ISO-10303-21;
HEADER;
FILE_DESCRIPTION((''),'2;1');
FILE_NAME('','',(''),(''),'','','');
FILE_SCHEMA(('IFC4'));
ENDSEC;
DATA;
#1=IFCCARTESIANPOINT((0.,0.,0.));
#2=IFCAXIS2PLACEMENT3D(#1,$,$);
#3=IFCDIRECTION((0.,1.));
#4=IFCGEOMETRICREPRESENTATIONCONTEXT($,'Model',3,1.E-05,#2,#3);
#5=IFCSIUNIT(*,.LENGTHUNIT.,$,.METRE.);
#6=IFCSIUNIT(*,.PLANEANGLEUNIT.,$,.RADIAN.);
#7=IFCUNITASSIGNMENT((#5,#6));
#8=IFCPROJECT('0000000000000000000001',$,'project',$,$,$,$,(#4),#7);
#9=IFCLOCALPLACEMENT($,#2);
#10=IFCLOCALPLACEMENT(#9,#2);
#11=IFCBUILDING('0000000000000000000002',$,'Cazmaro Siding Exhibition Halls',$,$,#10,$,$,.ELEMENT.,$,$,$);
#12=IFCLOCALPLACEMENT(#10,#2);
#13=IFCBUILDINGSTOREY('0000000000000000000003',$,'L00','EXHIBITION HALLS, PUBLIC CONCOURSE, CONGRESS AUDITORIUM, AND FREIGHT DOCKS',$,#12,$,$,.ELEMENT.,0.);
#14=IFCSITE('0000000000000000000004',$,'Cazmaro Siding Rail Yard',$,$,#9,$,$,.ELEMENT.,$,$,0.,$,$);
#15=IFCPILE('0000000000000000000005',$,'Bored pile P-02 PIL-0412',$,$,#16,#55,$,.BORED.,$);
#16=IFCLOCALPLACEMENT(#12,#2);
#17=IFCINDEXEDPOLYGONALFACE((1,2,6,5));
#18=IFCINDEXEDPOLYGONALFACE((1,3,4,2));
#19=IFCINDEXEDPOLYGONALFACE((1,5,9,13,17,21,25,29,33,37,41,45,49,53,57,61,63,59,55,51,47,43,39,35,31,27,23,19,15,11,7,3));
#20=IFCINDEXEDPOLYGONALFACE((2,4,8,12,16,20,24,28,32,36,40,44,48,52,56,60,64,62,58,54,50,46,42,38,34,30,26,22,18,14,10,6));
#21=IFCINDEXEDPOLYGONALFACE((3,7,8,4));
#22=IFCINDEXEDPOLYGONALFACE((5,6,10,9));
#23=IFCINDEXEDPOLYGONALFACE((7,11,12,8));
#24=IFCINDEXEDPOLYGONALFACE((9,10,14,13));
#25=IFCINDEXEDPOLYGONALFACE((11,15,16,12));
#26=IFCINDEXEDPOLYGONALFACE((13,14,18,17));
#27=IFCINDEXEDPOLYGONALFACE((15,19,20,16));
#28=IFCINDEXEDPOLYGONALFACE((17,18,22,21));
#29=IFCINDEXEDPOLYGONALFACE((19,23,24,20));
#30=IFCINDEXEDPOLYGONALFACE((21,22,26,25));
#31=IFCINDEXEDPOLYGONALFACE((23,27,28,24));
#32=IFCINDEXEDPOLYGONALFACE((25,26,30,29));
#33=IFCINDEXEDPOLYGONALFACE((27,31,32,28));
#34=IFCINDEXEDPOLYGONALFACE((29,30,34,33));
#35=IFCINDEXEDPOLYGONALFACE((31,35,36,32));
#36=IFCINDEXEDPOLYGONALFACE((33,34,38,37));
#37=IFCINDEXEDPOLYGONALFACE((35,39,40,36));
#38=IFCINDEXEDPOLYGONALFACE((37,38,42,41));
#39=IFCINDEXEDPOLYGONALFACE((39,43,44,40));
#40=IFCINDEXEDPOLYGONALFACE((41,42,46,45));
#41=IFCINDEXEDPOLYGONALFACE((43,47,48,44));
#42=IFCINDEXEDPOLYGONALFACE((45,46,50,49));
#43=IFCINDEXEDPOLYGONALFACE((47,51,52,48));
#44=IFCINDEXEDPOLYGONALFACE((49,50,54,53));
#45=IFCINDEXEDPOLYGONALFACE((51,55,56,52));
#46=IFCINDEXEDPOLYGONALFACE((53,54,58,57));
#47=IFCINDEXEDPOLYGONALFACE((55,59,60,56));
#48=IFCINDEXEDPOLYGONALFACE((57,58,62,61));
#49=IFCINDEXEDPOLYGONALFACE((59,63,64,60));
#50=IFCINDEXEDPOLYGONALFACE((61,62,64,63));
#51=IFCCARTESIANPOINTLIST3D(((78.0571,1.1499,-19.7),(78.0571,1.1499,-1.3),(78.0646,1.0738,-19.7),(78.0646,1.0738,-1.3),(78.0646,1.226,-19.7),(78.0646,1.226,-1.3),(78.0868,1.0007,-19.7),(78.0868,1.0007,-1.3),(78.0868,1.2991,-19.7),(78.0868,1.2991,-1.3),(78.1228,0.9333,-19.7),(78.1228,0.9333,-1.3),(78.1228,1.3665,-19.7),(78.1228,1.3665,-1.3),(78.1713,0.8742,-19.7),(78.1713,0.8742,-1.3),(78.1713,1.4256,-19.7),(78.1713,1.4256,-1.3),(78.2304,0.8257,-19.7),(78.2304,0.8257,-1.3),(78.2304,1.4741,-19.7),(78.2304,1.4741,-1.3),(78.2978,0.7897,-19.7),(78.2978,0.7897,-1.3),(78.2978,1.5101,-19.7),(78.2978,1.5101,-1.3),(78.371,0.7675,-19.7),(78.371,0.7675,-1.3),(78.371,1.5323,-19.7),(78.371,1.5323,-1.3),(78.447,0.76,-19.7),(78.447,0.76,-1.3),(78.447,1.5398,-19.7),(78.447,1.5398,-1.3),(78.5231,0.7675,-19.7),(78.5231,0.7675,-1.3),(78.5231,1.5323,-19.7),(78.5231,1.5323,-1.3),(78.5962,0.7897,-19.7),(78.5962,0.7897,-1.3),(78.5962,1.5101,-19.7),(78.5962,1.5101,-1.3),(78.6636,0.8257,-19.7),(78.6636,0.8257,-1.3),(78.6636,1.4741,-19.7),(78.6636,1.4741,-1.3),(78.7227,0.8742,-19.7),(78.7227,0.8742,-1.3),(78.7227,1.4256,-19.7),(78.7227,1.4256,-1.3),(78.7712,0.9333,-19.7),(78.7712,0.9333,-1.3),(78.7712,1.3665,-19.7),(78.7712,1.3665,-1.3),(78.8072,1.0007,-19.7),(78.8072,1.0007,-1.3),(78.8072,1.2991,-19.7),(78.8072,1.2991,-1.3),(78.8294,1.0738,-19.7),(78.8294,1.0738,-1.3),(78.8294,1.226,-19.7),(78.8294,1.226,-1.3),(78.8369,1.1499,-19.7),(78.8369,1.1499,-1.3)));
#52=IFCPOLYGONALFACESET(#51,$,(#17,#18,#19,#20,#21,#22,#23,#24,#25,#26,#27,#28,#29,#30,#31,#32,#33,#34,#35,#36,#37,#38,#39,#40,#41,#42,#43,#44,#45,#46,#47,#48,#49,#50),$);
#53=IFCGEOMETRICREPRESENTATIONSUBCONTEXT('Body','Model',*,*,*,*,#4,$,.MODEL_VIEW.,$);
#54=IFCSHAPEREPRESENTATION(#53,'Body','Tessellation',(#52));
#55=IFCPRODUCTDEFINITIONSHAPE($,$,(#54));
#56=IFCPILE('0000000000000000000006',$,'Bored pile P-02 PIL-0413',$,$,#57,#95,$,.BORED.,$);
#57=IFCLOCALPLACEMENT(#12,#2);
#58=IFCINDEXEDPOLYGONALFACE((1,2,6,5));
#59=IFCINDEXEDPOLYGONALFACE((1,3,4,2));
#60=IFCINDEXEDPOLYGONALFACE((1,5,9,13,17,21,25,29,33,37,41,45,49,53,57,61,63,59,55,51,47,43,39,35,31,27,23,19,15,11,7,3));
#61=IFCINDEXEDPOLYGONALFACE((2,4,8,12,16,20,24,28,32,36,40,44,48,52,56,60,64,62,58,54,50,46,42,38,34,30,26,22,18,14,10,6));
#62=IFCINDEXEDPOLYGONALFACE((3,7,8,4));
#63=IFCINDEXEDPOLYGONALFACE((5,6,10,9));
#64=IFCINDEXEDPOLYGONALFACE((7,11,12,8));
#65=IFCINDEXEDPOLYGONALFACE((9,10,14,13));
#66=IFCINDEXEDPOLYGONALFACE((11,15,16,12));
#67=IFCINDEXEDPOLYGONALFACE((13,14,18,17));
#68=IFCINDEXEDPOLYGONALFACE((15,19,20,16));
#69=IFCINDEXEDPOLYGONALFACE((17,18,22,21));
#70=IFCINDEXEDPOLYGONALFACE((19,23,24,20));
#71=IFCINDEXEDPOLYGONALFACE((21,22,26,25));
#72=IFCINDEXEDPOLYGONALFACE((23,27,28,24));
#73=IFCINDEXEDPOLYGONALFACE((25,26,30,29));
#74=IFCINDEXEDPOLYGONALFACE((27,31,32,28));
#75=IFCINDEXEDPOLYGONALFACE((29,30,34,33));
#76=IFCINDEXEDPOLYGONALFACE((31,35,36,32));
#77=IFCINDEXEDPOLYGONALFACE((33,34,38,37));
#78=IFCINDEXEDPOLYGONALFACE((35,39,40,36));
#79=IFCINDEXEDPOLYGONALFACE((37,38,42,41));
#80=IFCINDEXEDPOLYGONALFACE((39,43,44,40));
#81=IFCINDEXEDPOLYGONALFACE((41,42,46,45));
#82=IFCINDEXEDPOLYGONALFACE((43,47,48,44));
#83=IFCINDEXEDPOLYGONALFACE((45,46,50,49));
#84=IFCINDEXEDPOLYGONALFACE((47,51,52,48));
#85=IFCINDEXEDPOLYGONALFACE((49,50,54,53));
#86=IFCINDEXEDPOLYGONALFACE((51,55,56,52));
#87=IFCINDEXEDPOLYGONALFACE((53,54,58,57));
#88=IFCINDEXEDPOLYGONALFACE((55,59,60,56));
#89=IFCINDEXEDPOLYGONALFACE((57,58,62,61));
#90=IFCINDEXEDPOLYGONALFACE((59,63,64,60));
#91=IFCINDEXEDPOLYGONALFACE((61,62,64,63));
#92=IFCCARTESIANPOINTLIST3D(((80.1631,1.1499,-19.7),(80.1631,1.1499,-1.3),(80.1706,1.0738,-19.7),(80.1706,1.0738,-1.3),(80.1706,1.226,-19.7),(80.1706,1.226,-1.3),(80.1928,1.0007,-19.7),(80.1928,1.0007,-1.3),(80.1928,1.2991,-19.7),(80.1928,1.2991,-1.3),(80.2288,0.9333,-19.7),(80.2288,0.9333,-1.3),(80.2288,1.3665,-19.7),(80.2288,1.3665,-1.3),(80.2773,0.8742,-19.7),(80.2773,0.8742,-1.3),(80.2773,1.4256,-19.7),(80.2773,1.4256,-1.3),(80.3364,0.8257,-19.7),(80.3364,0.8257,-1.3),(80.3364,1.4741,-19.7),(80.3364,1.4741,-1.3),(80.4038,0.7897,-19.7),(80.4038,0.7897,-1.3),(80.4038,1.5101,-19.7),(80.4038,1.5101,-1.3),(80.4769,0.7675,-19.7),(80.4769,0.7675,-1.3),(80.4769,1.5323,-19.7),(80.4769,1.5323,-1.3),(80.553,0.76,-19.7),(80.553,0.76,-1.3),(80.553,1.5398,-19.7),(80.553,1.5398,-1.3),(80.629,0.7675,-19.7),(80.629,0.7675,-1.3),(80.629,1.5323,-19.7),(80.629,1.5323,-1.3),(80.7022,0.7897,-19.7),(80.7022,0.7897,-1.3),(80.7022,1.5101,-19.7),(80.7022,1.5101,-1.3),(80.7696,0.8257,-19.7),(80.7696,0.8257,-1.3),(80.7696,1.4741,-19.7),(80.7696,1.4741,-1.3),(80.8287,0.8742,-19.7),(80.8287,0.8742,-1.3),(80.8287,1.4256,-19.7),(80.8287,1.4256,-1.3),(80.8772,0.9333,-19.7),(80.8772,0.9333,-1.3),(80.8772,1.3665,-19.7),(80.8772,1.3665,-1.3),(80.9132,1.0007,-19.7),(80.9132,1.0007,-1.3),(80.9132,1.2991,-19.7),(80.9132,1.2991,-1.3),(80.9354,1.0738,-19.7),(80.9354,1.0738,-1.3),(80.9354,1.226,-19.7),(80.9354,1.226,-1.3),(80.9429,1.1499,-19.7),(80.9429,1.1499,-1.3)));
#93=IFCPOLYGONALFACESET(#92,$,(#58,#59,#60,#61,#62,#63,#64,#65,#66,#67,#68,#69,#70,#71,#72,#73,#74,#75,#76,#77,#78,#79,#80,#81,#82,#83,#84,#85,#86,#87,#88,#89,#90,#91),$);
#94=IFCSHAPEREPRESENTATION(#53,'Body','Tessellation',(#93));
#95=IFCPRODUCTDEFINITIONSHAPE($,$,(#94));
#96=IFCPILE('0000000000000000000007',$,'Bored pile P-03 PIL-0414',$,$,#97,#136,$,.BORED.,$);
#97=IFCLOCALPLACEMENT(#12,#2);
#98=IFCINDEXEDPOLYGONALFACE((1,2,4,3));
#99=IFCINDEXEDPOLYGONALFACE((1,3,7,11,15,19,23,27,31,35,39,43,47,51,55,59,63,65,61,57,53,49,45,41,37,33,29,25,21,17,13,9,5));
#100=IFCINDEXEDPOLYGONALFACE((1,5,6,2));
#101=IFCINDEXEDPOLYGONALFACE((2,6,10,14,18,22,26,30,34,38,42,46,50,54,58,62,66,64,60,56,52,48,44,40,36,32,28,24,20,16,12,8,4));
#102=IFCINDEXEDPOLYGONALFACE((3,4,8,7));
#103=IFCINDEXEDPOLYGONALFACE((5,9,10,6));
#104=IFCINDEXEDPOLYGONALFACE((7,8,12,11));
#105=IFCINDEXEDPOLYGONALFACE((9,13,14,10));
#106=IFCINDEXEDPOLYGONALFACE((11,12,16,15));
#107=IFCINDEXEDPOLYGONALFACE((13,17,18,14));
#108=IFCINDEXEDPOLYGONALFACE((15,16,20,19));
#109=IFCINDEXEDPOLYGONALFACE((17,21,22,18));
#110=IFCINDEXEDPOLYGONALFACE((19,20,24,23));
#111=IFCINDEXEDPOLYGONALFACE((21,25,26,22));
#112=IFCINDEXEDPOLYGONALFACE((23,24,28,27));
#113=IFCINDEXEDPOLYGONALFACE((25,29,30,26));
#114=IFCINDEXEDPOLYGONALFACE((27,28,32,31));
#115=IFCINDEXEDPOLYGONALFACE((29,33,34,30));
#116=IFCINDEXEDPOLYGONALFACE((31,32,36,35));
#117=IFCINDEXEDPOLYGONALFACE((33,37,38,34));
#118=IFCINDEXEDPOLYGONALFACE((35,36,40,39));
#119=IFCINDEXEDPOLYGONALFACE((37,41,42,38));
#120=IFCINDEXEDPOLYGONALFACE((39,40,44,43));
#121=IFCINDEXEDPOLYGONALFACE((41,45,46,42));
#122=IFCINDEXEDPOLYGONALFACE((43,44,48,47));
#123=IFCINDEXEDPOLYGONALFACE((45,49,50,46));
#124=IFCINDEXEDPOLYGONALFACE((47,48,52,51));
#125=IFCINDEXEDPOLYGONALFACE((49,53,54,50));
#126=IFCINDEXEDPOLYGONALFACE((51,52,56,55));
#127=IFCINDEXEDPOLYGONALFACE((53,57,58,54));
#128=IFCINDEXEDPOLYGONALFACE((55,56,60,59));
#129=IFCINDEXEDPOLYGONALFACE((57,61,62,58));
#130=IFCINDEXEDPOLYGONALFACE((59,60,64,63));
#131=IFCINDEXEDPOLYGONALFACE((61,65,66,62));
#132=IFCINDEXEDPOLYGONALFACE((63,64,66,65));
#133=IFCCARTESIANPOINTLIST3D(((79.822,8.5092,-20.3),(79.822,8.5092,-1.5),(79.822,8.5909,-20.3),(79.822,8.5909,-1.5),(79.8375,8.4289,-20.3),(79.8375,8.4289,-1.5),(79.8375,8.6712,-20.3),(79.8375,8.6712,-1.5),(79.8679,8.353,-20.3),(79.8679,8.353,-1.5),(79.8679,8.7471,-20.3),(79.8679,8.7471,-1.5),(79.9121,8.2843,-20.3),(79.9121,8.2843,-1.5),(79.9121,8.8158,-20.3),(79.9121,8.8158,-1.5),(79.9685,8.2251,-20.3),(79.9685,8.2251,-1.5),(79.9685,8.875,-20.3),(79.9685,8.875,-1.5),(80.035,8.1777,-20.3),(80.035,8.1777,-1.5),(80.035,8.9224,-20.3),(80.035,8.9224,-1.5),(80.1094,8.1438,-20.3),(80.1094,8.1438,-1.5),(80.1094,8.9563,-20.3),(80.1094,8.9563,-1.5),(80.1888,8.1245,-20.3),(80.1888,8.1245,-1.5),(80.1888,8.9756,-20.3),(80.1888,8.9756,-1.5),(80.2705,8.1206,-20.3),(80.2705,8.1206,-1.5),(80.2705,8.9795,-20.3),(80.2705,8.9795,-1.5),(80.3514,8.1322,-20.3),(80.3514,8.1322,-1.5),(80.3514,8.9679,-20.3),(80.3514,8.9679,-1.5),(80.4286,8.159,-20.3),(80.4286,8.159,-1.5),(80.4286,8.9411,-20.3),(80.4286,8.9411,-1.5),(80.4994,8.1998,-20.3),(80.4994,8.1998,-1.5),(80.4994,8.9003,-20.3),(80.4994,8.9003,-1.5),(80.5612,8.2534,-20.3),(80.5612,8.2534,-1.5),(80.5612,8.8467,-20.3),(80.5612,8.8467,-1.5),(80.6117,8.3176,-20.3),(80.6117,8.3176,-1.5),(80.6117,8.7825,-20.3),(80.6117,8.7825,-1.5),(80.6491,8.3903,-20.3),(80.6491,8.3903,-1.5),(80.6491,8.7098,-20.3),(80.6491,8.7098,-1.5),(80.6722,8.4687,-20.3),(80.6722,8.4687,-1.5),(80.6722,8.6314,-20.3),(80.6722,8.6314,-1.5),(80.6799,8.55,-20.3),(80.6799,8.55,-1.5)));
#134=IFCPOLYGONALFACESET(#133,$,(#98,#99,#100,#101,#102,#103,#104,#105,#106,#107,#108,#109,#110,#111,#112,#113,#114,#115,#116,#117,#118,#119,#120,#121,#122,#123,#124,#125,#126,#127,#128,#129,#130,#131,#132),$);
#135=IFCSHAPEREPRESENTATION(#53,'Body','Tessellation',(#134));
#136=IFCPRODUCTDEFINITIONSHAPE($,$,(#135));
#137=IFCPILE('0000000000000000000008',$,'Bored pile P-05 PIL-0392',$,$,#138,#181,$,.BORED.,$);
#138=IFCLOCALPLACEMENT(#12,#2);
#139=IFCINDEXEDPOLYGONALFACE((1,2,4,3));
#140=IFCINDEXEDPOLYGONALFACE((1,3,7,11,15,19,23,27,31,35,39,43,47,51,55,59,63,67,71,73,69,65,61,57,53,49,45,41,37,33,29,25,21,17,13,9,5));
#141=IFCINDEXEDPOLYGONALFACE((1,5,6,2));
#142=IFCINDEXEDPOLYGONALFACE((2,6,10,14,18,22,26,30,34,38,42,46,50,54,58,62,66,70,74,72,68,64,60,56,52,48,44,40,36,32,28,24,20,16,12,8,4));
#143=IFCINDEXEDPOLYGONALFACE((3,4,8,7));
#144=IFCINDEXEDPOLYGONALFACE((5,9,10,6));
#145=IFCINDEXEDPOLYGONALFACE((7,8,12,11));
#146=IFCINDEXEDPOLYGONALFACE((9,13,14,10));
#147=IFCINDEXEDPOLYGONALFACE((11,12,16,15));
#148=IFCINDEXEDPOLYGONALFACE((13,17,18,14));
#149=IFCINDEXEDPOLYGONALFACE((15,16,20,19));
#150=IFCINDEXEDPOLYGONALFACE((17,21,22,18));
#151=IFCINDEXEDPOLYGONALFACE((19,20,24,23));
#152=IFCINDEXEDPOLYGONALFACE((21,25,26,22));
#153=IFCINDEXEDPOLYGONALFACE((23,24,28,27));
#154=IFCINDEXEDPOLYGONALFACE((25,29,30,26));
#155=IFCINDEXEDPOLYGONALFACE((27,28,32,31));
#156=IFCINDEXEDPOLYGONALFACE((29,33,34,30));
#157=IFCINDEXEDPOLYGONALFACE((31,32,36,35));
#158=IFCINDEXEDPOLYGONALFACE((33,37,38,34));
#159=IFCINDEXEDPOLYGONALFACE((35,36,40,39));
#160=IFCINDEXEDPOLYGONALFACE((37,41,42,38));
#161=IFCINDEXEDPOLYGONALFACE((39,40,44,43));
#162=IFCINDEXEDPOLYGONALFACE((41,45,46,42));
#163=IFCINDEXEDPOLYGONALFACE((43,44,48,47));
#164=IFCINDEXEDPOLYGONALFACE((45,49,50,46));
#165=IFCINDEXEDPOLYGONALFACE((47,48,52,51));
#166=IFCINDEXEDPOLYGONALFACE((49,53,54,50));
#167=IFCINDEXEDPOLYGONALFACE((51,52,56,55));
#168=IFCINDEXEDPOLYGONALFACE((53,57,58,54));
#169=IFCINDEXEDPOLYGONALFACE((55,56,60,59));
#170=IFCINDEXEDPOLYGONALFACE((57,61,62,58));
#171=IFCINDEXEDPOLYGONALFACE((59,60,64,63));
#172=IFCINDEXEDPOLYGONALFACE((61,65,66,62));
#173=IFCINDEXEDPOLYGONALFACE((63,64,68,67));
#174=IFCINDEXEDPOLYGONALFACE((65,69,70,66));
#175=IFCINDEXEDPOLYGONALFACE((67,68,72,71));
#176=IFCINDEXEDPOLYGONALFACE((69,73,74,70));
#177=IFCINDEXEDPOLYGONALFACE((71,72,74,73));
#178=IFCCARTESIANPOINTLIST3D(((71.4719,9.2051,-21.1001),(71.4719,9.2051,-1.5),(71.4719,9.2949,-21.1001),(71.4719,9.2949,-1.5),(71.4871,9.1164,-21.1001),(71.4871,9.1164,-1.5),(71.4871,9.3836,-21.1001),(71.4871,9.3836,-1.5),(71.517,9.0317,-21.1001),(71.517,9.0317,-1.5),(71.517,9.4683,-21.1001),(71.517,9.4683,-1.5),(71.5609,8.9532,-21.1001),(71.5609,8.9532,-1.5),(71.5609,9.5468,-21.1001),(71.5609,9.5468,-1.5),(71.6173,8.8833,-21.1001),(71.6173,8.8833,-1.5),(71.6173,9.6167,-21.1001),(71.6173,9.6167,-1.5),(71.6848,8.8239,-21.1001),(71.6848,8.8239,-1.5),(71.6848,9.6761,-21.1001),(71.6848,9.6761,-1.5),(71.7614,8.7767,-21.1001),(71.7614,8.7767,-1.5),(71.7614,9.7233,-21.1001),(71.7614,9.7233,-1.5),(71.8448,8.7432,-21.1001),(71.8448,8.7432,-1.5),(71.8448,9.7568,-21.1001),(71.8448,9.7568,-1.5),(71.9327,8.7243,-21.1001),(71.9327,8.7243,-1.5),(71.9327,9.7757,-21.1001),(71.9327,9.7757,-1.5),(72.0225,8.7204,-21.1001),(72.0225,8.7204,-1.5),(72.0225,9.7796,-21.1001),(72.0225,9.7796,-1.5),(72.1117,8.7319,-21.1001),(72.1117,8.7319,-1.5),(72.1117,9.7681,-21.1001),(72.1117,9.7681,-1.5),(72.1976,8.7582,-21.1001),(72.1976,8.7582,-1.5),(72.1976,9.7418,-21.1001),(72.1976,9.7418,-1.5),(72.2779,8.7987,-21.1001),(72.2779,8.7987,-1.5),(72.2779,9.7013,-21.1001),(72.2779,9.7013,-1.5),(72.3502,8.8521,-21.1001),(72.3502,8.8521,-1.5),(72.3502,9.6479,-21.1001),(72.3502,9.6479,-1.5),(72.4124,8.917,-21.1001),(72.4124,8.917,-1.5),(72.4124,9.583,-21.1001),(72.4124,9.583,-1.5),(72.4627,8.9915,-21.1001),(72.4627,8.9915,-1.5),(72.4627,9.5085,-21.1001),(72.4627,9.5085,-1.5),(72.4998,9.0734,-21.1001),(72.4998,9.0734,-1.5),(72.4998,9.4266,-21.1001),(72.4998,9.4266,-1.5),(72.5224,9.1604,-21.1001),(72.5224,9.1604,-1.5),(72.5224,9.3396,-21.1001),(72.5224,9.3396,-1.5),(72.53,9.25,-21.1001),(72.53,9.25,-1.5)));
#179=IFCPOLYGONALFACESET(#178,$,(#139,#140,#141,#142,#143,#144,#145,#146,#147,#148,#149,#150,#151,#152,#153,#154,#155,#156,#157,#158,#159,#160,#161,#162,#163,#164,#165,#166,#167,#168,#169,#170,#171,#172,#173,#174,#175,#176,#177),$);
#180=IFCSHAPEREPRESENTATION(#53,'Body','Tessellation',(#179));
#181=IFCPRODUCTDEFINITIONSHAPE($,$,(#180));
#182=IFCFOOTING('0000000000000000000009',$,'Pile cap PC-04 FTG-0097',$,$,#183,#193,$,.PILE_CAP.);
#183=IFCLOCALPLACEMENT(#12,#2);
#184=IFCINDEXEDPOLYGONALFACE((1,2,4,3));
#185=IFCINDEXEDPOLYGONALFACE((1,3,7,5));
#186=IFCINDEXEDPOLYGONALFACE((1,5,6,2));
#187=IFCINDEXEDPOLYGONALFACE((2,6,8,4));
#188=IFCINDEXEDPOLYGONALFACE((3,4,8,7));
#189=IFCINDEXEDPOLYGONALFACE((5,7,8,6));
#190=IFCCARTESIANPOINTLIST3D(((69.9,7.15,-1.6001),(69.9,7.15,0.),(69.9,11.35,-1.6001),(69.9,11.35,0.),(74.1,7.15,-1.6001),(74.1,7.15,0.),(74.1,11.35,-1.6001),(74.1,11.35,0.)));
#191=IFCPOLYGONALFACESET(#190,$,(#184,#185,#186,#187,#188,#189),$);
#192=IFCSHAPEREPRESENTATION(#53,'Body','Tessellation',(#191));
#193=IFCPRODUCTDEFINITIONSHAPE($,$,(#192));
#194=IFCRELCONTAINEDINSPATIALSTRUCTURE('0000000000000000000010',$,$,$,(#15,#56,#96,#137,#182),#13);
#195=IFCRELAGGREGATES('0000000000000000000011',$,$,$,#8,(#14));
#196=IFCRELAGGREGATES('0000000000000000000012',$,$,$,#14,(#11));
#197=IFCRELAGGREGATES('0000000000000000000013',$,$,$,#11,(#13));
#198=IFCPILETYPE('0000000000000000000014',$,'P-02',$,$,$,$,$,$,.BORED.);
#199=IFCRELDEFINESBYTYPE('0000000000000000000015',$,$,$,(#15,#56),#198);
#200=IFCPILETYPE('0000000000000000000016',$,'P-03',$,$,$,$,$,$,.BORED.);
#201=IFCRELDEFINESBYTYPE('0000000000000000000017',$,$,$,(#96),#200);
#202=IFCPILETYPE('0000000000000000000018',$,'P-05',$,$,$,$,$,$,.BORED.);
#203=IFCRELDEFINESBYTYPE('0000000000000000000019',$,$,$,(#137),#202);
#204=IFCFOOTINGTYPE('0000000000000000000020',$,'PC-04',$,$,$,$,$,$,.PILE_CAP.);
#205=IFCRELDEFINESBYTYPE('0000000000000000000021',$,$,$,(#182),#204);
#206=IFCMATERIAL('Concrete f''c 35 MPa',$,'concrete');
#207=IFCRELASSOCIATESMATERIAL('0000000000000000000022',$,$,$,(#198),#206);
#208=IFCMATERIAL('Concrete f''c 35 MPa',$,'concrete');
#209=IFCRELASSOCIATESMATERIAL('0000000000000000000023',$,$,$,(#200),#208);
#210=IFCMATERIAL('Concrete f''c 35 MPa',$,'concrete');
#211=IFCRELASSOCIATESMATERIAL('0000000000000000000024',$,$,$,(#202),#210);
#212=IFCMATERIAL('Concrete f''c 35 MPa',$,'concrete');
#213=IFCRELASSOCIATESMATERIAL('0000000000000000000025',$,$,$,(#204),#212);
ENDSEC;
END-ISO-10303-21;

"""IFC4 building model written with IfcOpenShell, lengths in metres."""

from ifc_helpers import new_model, si_unit, direction, frame, origin, origin_2d, place, context, subcontext, project, spatial, rectangle, circle, extrude, material, material_profile, profile_set, type_object, element, save


model = new_model("IFC4")

# Units and contexts
model_context = context("Model", 3, precision=1e-05, world=origin(), true_north=direction((0.0, 1.0)))
body_context = subcontext(model_context, "Body", "Model", "MODEL_VIEW")
ifc_project = project(units=[si_unit("LENGTHUNIT", "METRE"), si_unit("PLANEANGLEUNIT", "RADIAN")], contexts=[model_context])

# Site, building, storey
site_placement = place(None, origin())
site = spatial("IfcSite", under=ifc_project, at=site_placement, Name="Cazmaro Siding Rail Yard", CompositionType="ELEMENT", RefElevation=0.0)
building_placement = place(site_placement, origin())
building = spatial("IfcBuilding", under=site, at=building_placement, Name="Cazmaro Siding Exhibition Halls", CompositionType="ELEMENT")
storey_placement = place(building_placement, origin())
storey = spatial("IfcBuildingStorey", under=building, at=storey_placement, Name="L00", Description="EXHIBITION HALLS, PUBLIC CONCOURSE, CONGRESS AUDITORIUM, AND FREIGHT DOCKS", CompositionType="ELEMENT", Elevation=0.0)

# Piles
ifc_material_1 = material(Name="Concrete f'c 35 MPa", Category="concrete")
ifc_material_profile_1 = material_profile(ifc_material_1, circle(Radius=0.3899, at=origin_2d()), Name="CIDH-780")
ifc_profile_set_1 = profile_set([ifc_material_profile_1], Name="Concrete f'c 35 MPa")
pile_type_1 = type_object("IfcPileType", Name="P-02", PredefinedType="BORED", material=ifc_profile_set_1)
for number, where, z_axis, x_axis, name in (
    (1, (78.447, 1.1499, -1.3), (0.0, 0.0, -1.0), (1.0, 0.0, 0.0), "Bored pile P-02 PIL-0412"),
    (2, (80.553, 1.1499, -1.3), (0.0, 0.0, -1.0), (1.0, 0.0, 0.0), "Bored pile P-02 PIL-0413"),
):
    element("IfcPile", number, at=place(storey_placement, frame(where, z_axis=z_axis, x_axis=x_axis)), inside=storey, type_object=pile_type_1, Name=name, PredefinedType="BORED", context=body_context, shape_type="SweptSolid", body=[
        extrude(circle(Radius=0.3899, at=origin_2d()), origin(), (0.0, 0.0, 1.0), 18.3999),
    ])
ifc_material_2 = material(Name="Concrete f'c 35 MPa", Category="concrete")
ifc_material_profile_2 = material_profile(ifc_material_2, circle(Radius=0.4299, at=origin_2d()), Name="CIDH-860")
ifc_profile_set_2 = profile_set([ifc_material_profile_2], Name="Concrete f'c 35 MPa")
pile_type_2 = type_object("IfcPileType", Name="P-03", PredefinedType="BORED", material=ifc_profile_set_2)
pile_1_placement = place(storey_placement, frame((80.25, 8.55, -1.5), z_axis=(0.0, 0.0, -1.0), x_axis=(1.0, 0.0, 0.0)))
element("IfcPile", 3, at=pile_1_placement, inside=storey, type_object=pile_type_2, Name="Bored pile P-03 PIL-0414", PredefinedType="BORED", context=body_context, shape_type="SweptSolid", body=[
    extrude(circle(Radius=0.4299, at=origin_2d()), origin(), (0.0, 0.0, 1.0), 18.8),
])
ifc_material_3 = material(Name="Concrete f'c 35 MPa", Category="concrete")
ifc_material_profile_3 = material_profile(ifc_material_3, circle(Radius=0.53, at=origin_2d()), Name="CIDH-1060")
ifc_profile_set_3 = profile_set([ifc_material_profile_3], Name="Concrete f'c 35 MPa")
pile_type_3 = type_object("IfcPileType", Name="P-05", PredefinedType="BORED", material=ifc_profile_set_3)
pile_2_placement = place(storey_placement, frame((72.0, 9.25, -1.5), z_axis=(0.0, 0.0, -1.0), x_axis=(1.0, 0.0, 0.0)))
element("IfcPile", 4, at=pile_2_placement, inside=storey, type_object=pile_type_3, Name="Bored pile P-05 PIL-0392", PredefinedType="BORED", context=body_context, shape_type="SweptSolid", body=[
    extrude(circle(Radius=0.53, at=origin_2d()), origin(), (0.0, 0.0, 1.0), 19.6001),
])

# Footing
ifc_material_4 = material(Name="Concrete f'c 35 MPa", Category="concrete")
footing_type_1 = type_object("IfcFootingType", Name="PC-04", PredefinedType="PILE_CAP", material=ifc_material_4)
footing_1_placement = place(storey_placement, frame((72.0, 9.25, -1.6001), z_axis=(0.0, 0.0, 1.0), x_axis=(1.0, 0.0, 0.0)))
element("IfcFooting", 5, at=footing_1_placement, inside=storey, type_object=footing_type_1, Name="Pile cap PC-04 FTG-0097", PredefinedType="PILE_CAP", context=body_context, shape_type="SweptSolid", body=[
    extrude(rectangle(XDim=4.2, YDim=4.2, at=origin_2d()), origin(), (0.0, 0.0, 1.0), 1.6001),
])

save(model, "model.ifc")
